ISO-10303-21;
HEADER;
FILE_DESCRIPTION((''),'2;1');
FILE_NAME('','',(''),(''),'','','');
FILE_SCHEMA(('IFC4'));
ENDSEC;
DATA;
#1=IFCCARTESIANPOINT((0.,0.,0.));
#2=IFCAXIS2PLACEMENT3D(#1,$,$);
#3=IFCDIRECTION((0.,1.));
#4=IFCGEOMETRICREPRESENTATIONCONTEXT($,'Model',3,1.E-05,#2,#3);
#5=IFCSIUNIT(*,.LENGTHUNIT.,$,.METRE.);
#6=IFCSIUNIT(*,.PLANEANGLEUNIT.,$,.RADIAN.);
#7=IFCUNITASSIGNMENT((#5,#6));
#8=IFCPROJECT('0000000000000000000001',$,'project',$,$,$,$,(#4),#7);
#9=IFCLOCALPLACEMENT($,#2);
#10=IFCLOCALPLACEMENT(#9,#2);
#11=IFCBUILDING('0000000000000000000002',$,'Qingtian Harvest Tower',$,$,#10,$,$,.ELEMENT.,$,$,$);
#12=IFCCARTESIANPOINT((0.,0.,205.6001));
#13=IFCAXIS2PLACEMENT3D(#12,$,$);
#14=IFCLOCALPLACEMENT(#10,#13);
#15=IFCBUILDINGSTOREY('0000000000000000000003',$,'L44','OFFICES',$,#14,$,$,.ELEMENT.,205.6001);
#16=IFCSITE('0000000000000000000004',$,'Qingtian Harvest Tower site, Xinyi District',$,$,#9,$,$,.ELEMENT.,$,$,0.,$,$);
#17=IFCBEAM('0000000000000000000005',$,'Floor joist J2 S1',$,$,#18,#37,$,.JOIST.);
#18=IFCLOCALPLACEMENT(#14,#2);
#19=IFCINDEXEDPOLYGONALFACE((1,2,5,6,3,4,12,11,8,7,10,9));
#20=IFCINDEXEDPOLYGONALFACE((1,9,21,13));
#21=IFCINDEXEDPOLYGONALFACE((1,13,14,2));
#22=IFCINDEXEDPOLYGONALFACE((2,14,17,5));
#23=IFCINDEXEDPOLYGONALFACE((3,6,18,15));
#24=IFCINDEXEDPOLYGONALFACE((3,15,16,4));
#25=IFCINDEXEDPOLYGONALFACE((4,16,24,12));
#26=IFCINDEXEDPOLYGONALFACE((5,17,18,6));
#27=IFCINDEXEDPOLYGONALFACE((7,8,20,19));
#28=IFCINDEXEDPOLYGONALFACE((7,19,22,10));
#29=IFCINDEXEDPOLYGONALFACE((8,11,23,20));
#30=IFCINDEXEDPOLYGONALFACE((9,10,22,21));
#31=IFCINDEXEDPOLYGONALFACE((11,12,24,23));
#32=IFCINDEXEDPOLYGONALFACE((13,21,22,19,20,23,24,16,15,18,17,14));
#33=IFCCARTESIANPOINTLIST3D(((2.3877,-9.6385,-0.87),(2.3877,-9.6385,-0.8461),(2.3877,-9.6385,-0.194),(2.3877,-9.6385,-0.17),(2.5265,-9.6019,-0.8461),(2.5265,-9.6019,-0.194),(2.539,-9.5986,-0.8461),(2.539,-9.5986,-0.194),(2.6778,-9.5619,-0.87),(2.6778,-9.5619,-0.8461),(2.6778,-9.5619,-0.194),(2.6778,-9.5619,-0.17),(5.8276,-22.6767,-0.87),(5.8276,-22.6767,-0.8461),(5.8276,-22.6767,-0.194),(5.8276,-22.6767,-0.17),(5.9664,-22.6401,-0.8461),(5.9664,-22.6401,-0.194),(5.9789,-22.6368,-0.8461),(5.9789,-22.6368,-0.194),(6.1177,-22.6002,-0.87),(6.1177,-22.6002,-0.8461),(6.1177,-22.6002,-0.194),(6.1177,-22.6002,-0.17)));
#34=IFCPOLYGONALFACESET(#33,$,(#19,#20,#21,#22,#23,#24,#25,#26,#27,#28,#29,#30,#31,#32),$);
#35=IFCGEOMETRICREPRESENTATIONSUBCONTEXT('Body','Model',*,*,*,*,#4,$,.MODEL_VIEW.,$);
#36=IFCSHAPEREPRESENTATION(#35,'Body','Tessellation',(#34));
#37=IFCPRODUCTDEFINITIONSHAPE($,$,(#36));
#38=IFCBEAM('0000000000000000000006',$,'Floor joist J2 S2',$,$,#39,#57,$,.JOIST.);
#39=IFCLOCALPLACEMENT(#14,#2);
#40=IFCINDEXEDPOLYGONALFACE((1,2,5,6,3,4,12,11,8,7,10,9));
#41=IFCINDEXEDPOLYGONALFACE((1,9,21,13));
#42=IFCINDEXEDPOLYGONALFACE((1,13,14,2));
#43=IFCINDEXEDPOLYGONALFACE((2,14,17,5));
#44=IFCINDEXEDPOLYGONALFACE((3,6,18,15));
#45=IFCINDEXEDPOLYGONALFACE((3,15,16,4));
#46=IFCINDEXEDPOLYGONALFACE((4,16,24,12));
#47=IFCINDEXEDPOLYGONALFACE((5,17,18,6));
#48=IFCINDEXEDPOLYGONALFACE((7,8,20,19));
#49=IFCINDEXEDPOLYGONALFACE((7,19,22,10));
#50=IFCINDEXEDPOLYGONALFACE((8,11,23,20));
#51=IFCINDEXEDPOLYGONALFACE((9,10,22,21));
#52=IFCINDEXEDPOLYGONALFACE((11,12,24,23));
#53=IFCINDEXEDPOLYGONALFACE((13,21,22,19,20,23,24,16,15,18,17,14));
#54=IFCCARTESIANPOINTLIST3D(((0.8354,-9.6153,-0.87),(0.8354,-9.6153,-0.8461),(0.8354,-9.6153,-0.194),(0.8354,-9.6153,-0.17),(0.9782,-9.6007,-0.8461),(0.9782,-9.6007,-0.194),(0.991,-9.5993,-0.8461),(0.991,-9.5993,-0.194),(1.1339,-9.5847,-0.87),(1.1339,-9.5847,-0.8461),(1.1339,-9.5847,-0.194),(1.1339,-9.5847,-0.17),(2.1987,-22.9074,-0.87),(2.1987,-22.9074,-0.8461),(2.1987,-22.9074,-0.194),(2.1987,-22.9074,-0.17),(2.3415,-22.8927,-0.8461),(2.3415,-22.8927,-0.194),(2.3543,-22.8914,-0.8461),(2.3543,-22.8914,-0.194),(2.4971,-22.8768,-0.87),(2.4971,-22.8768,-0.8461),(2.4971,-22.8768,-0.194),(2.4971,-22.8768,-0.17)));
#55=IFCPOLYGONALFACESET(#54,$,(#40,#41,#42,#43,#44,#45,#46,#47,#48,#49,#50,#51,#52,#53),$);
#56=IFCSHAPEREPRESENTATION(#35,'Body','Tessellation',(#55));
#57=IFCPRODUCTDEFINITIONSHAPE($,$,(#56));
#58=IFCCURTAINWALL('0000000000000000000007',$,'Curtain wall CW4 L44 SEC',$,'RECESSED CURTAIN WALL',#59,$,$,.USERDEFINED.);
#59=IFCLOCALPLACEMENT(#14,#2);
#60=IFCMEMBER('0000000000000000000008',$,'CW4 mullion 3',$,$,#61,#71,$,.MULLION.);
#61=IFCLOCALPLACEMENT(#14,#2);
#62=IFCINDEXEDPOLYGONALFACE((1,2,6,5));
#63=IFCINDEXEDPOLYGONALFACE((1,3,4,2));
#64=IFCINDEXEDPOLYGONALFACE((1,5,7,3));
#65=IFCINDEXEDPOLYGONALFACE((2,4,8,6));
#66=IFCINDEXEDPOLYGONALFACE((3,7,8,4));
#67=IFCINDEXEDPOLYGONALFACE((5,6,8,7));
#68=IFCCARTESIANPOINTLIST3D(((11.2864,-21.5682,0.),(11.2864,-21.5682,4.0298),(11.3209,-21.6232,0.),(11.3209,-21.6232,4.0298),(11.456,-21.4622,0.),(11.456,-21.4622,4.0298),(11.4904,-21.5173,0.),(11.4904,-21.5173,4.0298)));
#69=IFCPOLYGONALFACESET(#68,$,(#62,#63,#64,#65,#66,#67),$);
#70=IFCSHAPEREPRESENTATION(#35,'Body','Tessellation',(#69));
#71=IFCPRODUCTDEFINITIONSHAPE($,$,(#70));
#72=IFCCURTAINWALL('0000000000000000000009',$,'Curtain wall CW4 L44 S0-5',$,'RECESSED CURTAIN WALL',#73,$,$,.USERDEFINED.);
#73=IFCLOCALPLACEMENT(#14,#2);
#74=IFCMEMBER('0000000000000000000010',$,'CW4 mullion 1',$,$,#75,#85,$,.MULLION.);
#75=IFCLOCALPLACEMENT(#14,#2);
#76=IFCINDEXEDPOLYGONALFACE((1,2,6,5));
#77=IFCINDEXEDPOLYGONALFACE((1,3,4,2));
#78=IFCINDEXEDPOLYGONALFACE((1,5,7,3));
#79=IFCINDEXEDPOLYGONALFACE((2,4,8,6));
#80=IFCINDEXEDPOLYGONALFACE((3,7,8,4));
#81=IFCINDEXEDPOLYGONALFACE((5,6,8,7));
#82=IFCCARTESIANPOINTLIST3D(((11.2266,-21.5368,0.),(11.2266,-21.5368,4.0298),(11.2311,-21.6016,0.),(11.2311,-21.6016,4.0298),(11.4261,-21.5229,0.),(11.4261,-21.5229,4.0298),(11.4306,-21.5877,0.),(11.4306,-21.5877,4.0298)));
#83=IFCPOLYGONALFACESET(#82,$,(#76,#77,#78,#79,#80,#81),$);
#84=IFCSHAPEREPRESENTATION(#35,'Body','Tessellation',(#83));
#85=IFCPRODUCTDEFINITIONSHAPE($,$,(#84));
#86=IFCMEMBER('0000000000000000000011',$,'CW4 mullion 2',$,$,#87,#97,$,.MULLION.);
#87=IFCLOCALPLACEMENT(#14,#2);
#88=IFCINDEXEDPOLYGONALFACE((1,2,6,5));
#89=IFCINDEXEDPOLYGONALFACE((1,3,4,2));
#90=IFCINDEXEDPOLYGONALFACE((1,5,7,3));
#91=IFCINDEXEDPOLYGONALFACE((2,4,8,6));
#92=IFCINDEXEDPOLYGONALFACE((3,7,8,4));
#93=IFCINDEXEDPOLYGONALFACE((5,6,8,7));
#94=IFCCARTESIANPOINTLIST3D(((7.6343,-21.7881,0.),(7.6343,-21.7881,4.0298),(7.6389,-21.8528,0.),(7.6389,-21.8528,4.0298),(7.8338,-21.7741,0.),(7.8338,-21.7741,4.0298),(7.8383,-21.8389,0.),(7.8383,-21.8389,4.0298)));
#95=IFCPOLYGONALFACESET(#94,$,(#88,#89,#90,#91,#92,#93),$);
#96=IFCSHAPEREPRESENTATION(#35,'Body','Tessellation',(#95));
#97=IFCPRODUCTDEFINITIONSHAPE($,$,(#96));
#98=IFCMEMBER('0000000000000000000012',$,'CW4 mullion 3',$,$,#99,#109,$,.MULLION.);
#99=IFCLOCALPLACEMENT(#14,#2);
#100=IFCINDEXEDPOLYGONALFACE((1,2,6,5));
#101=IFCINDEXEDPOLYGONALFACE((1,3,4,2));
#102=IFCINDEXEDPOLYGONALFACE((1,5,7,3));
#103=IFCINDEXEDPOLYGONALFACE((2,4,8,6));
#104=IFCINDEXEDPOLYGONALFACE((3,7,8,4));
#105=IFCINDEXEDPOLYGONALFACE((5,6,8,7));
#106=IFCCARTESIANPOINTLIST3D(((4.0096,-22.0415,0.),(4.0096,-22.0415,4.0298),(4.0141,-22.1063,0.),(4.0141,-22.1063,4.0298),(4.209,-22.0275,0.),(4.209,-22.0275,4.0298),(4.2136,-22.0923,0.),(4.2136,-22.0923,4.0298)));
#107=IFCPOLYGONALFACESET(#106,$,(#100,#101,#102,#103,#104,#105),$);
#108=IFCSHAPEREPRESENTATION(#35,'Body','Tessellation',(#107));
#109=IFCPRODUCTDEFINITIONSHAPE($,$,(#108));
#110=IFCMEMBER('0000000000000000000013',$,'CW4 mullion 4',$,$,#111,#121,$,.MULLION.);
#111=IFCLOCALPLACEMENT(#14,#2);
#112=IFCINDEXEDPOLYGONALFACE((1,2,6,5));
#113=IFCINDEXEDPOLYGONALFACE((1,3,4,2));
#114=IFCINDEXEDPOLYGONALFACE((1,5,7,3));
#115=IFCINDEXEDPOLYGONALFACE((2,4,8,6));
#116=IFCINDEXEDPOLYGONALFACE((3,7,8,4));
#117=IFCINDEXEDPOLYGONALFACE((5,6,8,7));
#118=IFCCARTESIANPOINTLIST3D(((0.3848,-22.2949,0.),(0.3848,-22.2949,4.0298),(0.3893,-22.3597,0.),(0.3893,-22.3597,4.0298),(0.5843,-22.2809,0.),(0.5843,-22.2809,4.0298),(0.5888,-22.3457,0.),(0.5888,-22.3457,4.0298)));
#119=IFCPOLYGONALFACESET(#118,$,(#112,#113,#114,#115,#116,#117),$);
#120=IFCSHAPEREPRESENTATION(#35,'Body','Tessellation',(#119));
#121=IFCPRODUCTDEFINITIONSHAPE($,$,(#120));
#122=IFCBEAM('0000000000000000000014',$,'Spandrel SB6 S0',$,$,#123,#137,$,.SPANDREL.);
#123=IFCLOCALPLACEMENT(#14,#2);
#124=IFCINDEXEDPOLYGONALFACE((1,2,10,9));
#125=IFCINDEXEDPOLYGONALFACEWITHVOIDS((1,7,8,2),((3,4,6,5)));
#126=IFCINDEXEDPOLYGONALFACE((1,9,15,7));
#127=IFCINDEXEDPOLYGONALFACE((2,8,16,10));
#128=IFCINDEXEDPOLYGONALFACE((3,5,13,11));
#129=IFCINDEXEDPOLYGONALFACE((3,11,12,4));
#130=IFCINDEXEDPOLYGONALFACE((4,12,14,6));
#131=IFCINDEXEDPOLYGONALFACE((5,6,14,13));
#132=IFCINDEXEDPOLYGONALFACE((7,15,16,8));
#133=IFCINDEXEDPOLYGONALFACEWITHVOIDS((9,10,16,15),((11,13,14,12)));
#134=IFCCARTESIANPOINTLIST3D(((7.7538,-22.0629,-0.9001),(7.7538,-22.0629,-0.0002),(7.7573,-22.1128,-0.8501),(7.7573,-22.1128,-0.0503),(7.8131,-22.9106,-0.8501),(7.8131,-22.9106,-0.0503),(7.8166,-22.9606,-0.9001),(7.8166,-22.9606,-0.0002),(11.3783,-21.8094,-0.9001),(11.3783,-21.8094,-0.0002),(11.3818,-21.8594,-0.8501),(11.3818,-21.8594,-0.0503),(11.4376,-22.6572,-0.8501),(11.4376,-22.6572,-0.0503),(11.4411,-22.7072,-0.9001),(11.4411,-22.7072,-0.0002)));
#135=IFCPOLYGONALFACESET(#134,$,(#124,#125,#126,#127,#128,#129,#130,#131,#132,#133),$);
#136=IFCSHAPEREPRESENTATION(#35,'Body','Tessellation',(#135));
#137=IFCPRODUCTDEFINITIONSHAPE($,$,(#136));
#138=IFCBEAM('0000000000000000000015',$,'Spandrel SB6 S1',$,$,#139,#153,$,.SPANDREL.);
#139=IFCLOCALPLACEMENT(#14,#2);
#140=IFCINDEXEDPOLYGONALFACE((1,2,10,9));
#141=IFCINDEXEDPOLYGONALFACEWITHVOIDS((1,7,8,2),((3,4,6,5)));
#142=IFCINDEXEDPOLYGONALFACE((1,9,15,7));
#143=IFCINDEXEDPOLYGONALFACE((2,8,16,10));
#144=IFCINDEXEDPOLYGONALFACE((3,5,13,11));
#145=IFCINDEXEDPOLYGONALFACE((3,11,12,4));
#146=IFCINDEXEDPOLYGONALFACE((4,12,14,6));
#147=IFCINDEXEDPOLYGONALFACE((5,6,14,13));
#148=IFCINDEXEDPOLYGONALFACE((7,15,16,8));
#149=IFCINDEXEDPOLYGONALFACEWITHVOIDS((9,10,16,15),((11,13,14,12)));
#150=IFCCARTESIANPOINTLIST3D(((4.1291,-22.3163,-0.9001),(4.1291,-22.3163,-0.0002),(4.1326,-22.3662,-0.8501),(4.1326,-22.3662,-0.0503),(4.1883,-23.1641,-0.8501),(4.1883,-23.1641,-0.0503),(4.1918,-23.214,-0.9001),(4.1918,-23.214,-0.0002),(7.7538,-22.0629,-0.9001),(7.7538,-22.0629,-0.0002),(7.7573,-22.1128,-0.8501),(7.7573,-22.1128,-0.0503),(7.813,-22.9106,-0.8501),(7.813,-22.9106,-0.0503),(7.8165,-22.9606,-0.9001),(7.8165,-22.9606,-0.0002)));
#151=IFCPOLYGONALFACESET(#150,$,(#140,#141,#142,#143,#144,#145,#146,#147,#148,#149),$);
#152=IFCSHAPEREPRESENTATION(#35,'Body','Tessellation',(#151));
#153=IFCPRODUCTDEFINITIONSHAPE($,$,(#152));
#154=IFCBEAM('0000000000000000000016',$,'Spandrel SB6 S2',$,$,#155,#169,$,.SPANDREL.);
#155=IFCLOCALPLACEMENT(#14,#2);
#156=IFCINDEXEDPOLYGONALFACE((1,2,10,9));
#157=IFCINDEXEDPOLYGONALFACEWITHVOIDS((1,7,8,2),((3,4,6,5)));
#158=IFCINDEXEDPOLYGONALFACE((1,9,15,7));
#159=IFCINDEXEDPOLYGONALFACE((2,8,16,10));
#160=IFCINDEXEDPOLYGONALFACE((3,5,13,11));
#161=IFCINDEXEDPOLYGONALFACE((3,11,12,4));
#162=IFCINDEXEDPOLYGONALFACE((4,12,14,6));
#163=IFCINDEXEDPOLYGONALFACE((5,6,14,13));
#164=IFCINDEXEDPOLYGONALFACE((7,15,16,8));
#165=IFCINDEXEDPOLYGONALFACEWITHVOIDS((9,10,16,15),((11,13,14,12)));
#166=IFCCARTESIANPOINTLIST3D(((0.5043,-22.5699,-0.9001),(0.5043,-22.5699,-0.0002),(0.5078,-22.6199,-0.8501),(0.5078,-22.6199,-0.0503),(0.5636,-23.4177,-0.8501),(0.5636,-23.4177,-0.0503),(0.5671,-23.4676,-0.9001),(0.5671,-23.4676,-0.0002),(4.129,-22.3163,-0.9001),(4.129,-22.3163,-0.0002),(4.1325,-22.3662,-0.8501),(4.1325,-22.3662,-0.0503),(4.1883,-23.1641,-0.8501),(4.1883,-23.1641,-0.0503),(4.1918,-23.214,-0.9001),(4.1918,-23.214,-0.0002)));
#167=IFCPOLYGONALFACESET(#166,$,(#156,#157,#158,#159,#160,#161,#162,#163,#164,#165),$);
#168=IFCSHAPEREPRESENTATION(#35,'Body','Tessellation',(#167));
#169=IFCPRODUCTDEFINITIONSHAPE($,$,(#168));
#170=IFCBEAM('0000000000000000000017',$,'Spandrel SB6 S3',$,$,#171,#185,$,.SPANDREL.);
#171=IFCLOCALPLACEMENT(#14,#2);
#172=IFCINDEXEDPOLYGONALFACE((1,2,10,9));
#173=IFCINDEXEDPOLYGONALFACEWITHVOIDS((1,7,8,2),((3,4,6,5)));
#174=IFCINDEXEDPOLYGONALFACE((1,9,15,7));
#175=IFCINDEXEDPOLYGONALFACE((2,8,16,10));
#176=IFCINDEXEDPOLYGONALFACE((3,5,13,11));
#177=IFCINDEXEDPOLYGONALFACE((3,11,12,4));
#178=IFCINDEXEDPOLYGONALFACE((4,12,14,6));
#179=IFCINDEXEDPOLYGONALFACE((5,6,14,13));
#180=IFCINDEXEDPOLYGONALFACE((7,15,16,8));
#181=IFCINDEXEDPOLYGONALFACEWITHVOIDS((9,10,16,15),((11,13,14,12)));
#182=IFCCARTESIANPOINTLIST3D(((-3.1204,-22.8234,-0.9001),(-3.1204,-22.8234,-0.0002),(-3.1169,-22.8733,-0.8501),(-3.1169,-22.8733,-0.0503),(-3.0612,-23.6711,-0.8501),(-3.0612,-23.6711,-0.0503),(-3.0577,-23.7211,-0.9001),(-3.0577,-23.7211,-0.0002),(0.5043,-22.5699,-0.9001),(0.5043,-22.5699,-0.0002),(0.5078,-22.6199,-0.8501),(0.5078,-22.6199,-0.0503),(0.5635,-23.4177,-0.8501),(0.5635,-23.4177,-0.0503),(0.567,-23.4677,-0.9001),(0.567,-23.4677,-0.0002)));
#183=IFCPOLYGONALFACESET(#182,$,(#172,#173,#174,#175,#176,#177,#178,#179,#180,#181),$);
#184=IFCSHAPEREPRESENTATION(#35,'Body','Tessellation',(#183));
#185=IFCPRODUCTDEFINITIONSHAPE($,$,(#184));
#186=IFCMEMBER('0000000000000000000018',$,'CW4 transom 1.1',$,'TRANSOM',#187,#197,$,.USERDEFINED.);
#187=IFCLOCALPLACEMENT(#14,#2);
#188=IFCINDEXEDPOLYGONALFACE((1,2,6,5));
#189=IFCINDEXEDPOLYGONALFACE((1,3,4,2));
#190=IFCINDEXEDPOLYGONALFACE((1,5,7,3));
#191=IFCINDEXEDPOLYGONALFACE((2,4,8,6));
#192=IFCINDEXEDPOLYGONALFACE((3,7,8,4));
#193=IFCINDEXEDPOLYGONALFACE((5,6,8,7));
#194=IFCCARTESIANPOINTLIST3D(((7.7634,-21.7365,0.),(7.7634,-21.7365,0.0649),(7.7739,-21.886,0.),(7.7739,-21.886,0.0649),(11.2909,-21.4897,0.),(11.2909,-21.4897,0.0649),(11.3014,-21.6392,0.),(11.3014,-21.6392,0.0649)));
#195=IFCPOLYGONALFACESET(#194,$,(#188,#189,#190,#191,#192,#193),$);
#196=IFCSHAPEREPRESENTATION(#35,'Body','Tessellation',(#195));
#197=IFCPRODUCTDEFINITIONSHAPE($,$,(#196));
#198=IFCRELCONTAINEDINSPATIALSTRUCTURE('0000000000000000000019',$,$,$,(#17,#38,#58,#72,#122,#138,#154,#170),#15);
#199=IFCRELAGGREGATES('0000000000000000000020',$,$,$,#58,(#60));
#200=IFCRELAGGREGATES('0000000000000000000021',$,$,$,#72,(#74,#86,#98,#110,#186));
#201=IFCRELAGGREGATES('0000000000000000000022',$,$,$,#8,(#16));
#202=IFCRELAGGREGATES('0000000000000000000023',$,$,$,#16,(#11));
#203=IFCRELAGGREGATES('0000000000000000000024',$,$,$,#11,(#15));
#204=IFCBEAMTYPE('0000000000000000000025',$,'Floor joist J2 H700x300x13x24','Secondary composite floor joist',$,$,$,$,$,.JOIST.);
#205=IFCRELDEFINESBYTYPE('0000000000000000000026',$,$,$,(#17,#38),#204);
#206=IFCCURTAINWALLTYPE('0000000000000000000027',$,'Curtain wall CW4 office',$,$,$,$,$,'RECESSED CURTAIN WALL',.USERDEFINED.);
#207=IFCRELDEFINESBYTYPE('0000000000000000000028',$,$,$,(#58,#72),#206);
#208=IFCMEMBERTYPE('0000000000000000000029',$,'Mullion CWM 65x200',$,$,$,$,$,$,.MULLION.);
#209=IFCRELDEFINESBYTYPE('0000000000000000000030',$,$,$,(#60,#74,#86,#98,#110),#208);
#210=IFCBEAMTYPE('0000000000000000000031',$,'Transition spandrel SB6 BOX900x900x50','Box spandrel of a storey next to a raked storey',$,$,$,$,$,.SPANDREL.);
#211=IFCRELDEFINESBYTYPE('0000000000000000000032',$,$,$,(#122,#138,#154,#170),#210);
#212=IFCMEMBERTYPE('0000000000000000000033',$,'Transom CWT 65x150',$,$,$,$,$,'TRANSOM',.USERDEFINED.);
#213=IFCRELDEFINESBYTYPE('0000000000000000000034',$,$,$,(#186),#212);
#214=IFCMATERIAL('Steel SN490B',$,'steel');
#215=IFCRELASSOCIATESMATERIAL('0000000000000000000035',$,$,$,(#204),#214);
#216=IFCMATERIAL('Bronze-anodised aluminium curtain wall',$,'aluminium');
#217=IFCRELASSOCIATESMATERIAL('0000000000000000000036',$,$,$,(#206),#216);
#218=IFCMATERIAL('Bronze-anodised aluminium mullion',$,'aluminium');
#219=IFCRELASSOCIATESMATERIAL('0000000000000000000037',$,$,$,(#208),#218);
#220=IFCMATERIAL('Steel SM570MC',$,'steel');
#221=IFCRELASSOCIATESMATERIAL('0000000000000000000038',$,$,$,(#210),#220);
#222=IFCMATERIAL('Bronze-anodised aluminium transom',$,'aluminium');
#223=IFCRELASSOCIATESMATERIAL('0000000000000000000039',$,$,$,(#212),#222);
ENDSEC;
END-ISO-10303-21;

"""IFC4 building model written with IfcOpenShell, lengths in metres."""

from ifc_helpers import new_model, si_unit, direction, frame, origin, origin_2d, place, context, subcontext, project, spatial, rectangle, hollow_rectangle, i_section, extrude, material, material_profile, profile_set, type_object, element, aggregate, save


model = new_model("IFC4")

# Units and contexts
model_context = context("Model", 3, precision=1e-05, world=origin(), true_north=direction((0.0, 1.0)))
body_context = subcontext(model_context, "Body", "Model", "MODEL_VIEW")
ifc_project = project(units=[si_unit("LENGTHUNIT", "METRE"), si_unit("PLANEANGLEUNIT", "RADIAN")], contexts=[model_context])

# Site, building, storey
site_placement = place(None, origin())
site = spatial("IfcSite", under=ifc_project, at=site_placement, Name="Qingtian Harvest Tower site, Xinyi District", CompositionType="ELEMENT", RefElevation=0.0)
building_placement = place(site_placement, origin())
building = spatial("IfcBuilding", under=site, at=building_placement, Name="Qingtian Harvest Tower", CompositionType="ELEMENT")
storey_placement = place(building_placement, frame((0.0, 0.0, 205.6001)))
storey = spatial("IfcBuildingStorey", under=building, at=storey_placement, Name="L44", Description="OFFICES", CompositionType="ELEMENT", Elevation=205.6001)

# Beams
ifc_material_1 = material(Name="Steel SN490B", Category="steel")
ifc_material_profile_1 = material_profile(ifc_material_1, i_section(OverallWidth=0.3, OverallDepth=0.7, WebThickness=0.0129, FlangeThickness=0.0239, at=origin_2d()), Name="H700x300x13x24")
ifc_profile_set_1 = profile_set([ifc_material_profile_1], Name="Steel SN490B")
beam_type_1 = type_object("IfcBeamType", Name="Floor joist J2 H700x300x13x24", Description="Secondary composite floor joist", PredefinedType="JOIST", material=ifc_profile_set_1)
beam_1_placement = place(storey_placement, frame((5.9727, -22.6384, -0.52), z_axis=(-0.255104, 0.966914, 0.0), x_axis=(-0.966914, -0.255104, 0.0)))
element("IfcBeam", 1, at=beam_1_placement, inside=storey, type_object=beam_type_1, Name="Floor joist J2 S1", PredefinedType="JOIST", context=body_context, shape_type="SweptSolid", body=[
    extrude(i_section(OverallWidth=0.3, OverallDepth=0.7, WebThickness=0.0129, FlangeThickness=0.0239, at=origin_2d()), origin(), (0.0, 0.0, 1.0), 13.4844),
])
beam_2_placement = place(storey_placement, frame((2.3479, -22.8921, -0.52), z_axis=(-0.102029, 0.994781, 0.0), x_axis=(-0.994781, -0.102029, 0.0)))
element("IfcBeam", 2, at=beam_2_placement, inside=storey, type_object=beam_type_1, Name="Floor joist J2 S2", PredefinedType="JOIST", context=body_context, shape_type="SweptSolid", body=[
    extrude(i_section(OverallWidth=0.3, OverallDepth=0.7, WebThickness=0.0129, FlangeThickness=0.0239, at=origin_2d()), origin(), (0.0, 0.0, 1.0), 13.3618),
])

# Curtain wall, member
ifc_material_2 = material(Name="Bronze-anodised aluminium curtain wall", Category="aluminium")
curtain_wall_type = type_object("IfcCurtainWallType", Name="Curtain wall CW4 office", ElementType="RECESSED CURTAIN WALL", PredefinedType="USERDEFINED", material=ifc_material_2)
curtain_wall_1_placement = place(storey_placement, origin())
curtain_wall_1 = element("IfcCurtainWall", 3, at=curtain_wall_1_placement, inside=storey, type_object=curtain_wall_type, Name="Curtain wall CW4 L44 SEC", ObjectType="RECESSED CURTAIN WALL", PredefinedType="USERDEFINED")
ifc_material_3 = material(Name="Bronze-anodised aluminium mullion", Category="aluminium")
ifc_material_profile_2 = material_profile(ifc_material_3, rectangle(XDim=0.0649, YDim=0.2, at=origin_2d()), Name="AL 65x200")
ifc_profile_set_2 = profile_set([ifc_material_profile_2], Name="Bronze-anodised aluminium mullion")
member_type_1 = type_object("IfcMemberType", Name="Mullion CWM 65x200", PredefinedType="MULLION", material=ifc_profile_set_2)
member_1_placement = place(storey_placement, frame((11.3884, -21.5427, 0.0), z_axis=(0.0, 0.0, 1.0), x_axis=(0.529919, -0.848048, 0.0)))
member_1 = element("IfcMember", 4, at=member_1_placement, type_object=member_type_1, Name="CW4 mullion 3", PredefinedType="MULLION", context=body_context, shape_type="SweptSolid", body=[
    extrude(rectangle(XDim=0.0649, YDim=0.2, at=origin_2d()), origin(), (0.0, 0.0, 1.0), 4.0298),
])
aggregate(curtain_wall_1, [member_1])

# Curtain wall, members
curtain_wall_2_placement = place(storey_placement, origin())
curtain_wall_2 = element("IfcCurtainWall", 5, at=curtain_wall_2_placement, inside=storey, type_object=curtain_wall_type, Name="Curtain wall CW4 L44 S0-5", ObjectType="RECESSED CURTAIN WALL", PredefinedType="USERDEFINED")
member_2_placement = place(storey_placement, frame((11.3286, -21.5623, 0.0), z_axis=(0.0, 0.0, 1.0), x_axis=(0.069756, -0.997564, 0.0)))
member_2 = element("IfcMember", 6, at=member_2_placement, type_object=member_type_1, Name="CW4 mullion 1", PredefinedType="MULLION", context=body_context, shape_type="SweptSolid", body=[
    extrude(rectangle(XDim=0.0649, YDim=0.2, at=origin_2d()), origin(), (0.0, 0.0, 1.0), 4.0298),
])
member_3_placement = place(storey_placement, frame((7.7363, -21.8135, 0.0), z_axis=(0.0, 0.0, 1.0), x_axis=(0.069756, -0.997564, 0.0)))
member_3 = element("IfcMember", 7, at=member_3_placement, type_object=member_type_1, Name="CW4 mullion 2", PredefinedType="MULLION", context=body_context, shape_type="SweptSolid", body=[
    extrude(rectangle(XDim=0.0649, YDim=0.2, at=origin_2d()), origin(), (0.0, 0.0, 1.0), 4.0298),
])
member_4_placement = place(storey_placement, frame((4.1116, -22.0669, 0.0), z_axis=(0.0, 0.0, 1.0), x_axis=(0.069756, -0.997564, 0.0)))
member_4 = element("IfcMember", 8, at=member_4_placement, type_object=member_type_1, Name="CW4 mullion 3", PredefinedType="MULLION", context=body_context, shape_type="SweptSolid", body=[
    extrude(rectangle(XDim=0.0649, YDim=0.2, at=origin_2d()), origin(), (0.0, 0.0, 1.0), 4.0298),
])
member_5_placement = place(storey_placement, frame((0.4868, -22.3203, 0.0), z_axis=(0.0, 0.0, 1.0), x_axis=(0.069756, -0.997564, 0.0)))
member_5 = element("IfcMember", 9, at=member_5_placement, type_object=member_type_1, Name="CW4 mullion 4", PredefinedType="MULLION", context=body_context, shape_type="SweptSolid", body=[
    extrude(rectangle(XDim=0.0649, YDim=0.2, at=origin_2d()), origin(), (0.0, 0.0, 1.0), 4.0298),
])

# Beams
ifc_material_4 = material(Name="Steel SM570MC", Category="steel")
ifc_material_profile_3 = material_profile(ifc_material_4, hollow_rectangle(XDim=0.8999, YDim=0.8999, WallThickness=0.05, at=origin_2d()), Name="BOX900x900x50")
ifc_profile_set_3 = profile_set([ifc_material_profile_3], Name="Steel SM570MC")
beam_type_2 = type_object("IfcBeamType", Name="Transition spandrel SB6 BOX900x900x50", Description="Box spandrel of a storey next to a raked storey", PredefinedType="SPANDREL", material=ifc_profile_set_3)
beam_3_placement = place(storey_placement, frame((11.4097, -22.2583, -0.4502), z_axis=(-0.997565, -0.069748, 0.0), x_axis=(0.069748, -0.997565, 0.0)))
element("IfcBeam", 10, at=beam_3_placement, inside=storey, type_object=beam_type_2, Name="Spandrel SB6 S0", PredefinedType="SPANDREL", context=body_context, shape_type="SweptSolid", body=[
    extrude(hollow_rectangle(XDim=0.8999, YDim=0.8999, WallThickness=0.05, at=origin_2d()), origin(), (0.0, 0.0, 1.0), 3.6333),
])
for number, where, z_axis, x_axis, name in (
    (11, (7.7852, -22.5117, -0.4502), (-0.997565, -0.069743, 0.0), (0.069743, -0.997565, 0.0), "Spandrel SB6 S1"),
    (12, (4.1604, -22.7651, -0.4502), (-0.99756, -0.06981, 0.0), (0.06981, -0.99756, 0.0), "Spandrel SB6 S2"),
    (13, (0.5356, -23.0188, -0.4502), (-0.997565, -0.069743, 0.0), (0.069743, -0.997565, 0.0), "Spandrel SB6 S3"),
):
    element("IfcBeam", number, at=place(storey_placement, frame(where, z_axis=z_axis, x_axis=x_axis)), inside=storey, type_object=beam_type_2, Name=name, PredefinedType="SPANDREL", context=body_context, shape_type="SweptSolid", body=[
        extrude(hollow_rectangle(XDim=0.8999, YDim=0.8999, WallThickness=0.05, at=origin_2d()), origin(), (0.0, 0.0, 1.0), 3.6335),
    ])

# Member
ifc_material_5 = material(Name="Bronze-anodised aluminium transom", Category="aluminium")
ifc_material_profile_4 = material_profile(ifc_material_5, rectangle(XDim=0.1499, YDim=0.0649, at=origin_2d()), Name="AL 65x150")
ifc_profile_set_4 = profile_set([ifc_material_profile_4], Name="Bronze-anodised aluminium transom")
member_type_2 = type_object("IfcMemberType", Name="Transom CWT 65x150", ElementType="TRANSOM", PredefinedType="USERDEFINED", material=ifc_profile_set_4)
member_6_placement = place(storey_placement, frame((11.2961, -21.5645, 0.0325), z_axis=(-0.997561, -0.0698, 0.0), x_axis=(0.0698, -0.997561, 0.0)))
member_6 = element("IfcMember", 14, at=member_6_placement, type_object=member_type_2, Name="CW4 transom 1.1", ObjectType="TRANSOM", PredefinedType="USERDEFINED", context=body_context, shape_type="SweptSolid", body=[
    extrude(rectangle(XDim=0.1499, YDim=0.0649, at=origin_2d()), origin(), (0.0, 0.0, 1.0), 3.5361),
])

aggregate(curtain_wall_2, [member_2, member_3, member_4, member_5, member_6])

save(model, "model.ifc")
